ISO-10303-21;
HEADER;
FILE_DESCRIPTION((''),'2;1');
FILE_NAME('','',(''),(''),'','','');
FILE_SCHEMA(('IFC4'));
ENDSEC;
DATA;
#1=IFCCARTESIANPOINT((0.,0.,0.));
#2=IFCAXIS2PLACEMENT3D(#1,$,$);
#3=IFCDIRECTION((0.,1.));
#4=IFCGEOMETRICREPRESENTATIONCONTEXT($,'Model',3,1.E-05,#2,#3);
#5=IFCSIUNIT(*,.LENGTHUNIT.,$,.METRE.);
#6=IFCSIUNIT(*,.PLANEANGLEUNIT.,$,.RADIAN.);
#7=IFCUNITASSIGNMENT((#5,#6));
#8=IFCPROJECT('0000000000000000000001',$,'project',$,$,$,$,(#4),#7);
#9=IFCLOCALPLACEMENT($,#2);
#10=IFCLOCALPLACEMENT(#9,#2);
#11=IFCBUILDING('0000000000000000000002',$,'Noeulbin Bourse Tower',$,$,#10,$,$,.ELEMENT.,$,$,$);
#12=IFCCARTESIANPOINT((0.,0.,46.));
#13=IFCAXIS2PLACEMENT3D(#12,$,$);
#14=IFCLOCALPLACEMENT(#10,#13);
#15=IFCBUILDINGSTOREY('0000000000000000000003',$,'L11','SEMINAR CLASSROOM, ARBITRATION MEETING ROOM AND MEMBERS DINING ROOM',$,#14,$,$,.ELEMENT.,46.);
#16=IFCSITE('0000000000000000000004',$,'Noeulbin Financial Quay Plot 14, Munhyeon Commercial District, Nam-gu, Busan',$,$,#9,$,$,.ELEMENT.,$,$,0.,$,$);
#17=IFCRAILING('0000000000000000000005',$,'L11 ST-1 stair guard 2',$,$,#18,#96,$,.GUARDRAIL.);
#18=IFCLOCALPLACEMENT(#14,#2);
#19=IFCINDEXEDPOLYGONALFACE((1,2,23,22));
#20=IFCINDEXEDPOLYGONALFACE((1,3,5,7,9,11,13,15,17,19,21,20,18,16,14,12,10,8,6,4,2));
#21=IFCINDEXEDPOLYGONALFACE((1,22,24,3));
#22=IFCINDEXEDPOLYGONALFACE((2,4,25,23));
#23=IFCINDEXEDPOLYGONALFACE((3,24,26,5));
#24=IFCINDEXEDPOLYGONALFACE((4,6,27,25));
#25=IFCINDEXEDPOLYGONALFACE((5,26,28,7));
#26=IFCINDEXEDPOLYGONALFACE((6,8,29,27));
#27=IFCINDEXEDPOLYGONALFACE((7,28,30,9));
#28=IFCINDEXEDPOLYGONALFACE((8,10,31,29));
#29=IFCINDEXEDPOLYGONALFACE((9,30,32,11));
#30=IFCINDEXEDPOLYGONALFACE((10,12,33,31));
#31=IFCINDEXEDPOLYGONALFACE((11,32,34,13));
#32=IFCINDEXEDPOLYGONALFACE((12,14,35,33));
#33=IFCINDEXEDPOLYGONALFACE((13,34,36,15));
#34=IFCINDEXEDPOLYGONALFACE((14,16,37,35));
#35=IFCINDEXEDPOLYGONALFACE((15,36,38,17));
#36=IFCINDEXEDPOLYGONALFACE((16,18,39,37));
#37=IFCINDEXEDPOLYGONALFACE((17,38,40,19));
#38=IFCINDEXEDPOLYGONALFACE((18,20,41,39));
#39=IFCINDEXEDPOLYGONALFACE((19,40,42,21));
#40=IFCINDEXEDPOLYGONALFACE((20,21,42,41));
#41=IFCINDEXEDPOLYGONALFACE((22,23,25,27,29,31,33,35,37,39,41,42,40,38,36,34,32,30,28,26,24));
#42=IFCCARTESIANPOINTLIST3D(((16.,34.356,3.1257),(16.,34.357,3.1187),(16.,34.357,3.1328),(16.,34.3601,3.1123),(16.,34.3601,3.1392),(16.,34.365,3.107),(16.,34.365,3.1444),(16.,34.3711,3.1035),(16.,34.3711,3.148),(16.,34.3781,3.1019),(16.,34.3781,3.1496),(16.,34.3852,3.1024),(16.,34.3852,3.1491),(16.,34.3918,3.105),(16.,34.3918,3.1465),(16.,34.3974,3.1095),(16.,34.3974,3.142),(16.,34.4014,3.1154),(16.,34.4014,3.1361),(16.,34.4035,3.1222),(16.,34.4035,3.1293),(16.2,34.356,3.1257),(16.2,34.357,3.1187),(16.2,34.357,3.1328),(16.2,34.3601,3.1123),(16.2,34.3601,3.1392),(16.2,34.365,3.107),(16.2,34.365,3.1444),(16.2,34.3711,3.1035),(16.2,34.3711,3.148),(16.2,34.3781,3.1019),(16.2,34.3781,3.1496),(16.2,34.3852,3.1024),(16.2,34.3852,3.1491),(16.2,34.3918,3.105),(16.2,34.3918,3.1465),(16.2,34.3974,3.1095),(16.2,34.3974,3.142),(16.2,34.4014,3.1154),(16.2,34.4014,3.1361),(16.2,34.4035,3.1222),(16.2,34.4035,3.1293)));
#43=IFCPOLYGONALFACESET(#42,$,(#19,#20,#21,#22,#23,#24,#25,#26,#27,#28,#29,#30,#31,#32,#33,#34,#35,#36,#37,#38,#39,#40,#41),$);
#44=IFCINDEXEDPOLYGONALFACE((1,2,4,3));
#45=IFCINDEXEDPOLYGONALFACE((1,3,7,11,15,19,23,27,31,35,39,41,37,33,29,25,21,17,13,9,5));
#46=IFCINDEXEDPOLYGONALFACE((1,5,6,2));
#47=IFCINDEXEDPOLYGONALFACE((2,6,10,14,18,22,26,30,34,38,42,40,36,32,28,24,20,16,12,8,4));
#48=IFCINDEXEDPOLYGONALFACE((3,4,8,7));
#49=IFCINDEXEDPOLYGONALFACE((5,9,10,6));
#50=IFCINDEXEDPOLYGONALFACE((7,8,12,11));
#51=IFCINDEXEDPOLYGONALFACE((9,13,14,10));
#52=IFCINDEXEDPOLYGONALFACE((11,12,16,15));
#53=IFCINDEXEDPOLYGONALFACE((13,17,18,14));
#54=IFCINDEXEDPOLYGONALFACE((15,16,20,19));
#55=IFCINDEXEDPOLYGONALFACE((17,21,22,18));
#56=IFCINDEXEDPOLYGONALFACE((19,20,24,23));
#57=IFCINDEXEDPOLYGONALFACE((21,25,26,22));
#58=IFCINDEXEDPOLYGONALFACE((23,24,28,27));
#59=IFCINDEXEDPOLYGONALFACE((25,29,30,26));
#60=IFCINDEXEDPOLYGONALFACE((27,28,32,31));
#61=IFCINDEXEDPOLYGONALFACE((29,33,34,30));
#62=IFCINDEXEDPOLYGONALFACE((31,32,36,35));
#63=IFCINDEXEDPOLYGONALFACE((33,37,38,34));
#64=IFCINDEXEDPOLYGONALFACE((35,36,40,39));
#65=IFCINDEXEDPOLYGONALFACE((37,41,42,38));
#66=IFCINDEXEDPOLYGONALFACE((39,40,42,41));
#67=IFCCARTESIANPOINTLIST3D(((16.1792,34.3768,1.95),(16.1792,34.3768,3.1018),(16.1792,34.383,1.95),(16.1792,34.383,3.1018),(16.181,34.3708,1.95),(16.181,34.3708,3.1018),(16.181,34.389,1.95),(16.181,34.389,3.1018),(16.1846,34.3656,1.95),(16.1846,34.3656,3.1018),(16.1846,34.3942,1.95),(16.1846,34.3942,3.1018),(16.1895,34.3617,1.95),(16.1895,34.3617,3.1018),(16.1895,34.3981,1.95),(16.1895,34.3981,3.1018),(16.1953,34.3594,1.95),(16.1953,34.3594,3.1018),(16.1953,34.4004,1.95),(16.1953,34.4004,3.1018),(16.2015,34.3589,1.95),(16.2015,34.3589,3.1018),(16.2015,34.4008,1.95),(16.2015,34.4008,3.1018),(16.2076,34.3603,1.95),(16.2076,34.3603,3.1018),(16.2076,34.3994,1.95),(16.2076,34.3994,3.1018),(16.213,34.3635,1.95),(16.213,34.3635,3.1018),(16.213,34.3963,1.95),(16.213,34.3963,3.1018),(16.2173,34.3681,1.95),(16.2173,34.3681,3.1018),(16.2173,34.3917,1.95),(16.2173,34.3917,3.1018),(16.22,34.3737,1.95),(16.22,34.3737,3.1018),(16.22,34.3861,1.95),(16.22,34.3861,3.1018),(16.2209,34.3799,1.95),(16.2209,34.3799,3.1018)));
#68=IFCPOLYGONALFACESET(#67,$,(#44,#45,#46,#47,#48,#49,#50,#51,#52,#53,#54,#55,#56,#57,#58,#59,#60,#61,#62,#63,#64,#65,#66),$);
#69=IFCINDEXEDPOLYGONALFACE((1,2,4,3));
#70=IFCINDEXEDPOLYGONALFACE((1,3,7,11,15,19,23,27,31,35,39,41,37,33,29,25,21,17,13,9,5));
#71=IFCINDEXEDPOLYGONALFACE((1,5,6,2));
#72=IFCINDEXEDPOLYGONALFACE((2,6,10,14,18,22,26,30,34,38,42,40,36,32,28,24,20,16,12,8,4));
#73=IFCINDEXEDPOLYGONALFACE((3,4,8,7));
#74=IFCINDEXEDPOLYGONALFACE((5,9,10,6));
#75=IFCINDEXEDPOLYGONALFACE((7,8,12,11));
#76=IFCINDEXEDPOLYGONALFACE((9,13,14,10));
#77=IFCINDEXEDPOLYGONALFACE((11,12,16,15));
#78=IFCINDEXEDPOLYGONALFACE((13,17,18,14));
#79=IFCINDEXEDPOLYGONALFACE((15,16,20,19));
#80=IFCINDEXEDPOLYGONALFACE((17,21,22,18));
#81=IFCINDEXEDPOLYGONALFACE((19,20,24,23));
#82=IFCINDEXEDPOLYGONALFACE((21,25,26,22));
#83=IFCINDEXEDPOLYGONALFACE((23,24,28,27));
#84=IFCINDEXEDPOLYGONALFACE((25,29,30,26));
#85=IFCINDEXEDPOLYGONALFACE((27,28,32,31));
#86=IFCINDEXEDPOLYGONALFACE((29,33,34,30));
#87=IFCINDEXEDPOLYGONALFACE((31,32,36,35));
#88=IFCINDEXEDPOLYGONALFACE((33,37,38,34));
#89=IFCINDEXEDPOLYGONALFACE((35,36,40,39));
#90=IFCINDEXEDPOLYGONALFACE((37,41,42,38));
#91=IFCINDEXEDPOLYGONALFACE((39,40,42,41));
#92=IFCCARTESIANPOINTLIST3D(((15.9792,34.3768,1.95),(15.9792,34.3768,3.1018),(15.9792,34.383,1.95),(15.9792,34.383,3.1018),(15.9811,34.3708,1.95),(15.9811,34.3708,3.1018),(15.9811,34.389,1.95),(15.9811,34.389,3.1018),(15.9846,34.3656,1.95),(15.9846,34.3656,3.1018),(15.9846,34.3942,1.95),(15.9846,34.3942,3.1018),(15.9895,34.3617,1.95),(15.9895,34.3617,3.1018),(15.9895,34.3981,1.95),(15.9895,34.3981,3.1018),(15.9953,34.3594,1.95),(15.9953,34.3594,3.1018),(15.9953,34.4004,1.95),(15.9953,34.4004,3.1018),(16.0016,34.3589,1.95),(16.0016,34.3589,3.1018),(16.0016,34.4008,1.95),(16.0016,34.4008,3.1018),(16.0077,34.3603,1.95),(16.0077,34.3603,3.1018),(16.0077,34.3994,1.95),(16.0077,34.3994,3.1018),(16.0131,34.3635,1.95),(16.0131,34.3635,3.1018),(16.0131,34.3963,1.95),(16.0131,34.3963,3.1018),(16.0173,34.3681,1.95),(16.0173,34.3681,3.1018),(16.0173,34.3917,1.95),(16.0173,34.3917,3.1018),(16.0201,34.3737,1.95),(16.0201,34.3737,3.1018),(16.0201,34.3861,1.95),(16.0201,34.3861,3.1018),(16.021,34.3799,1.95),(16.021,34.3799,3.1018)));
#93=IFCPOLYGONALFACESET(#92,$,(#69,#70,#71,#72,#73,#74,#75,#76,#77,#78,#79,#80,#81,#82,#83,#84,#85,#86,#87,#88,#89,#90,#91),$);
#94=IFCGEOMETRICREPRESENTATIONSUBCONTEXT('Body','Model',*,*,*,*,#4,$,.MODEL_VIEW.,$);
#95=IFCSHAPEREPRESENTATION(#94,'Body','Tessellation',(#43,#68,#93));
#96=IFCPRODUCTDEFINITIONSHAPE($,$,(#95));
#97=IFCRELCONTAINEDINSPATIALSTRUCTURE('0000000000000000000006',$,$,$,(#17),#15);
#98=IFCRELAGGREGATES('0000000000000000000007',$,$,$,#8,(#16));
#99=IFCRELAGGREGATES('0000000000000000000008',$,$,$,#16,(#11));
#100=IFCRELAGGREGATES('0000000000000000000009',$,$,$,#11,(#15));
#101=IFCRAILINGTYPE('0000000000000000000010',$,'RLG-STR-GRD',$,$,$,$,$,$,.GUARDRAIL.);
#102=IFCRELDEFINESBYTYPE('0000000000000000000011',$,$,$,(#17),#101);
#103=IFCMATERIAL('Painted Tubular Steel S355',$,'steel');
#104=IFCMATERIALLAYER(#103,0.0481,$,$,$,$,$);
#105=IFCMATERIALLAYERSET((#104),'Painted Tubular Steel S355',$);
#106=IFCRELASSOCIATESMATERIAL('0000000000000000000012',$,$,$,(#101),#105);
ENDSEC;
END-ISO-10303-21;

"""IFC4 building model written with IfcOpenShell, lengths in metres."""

from ifc_helpers import new_model, si_unit, direction, frame, origin, origin_2d, place, context, subcontext, project, spatial, circle, extrude, material, layer, layer_set, type_object, element, save


model = new_model("IFC4")

# Units and contexts
model_context = context("Model", 3, precision=1e-05, world=origin(), true_north=direction((0.0, 1.0)))
body_context = subcontext(model_context, "Body", "Model", "MODEL_VIEW")
ifc_project = project(units=[si_unit("LENGTHUNIT", "METRE"), si_unit("PLANEANGLEUNIT", "RADIAN")], contexts=[model_context])

# Site, building, storey
site_placement = place(None, origin())
site = spatial("IfcSite", under=ifc_project, at=site_placement, Name="Noeulbin Financial Quay Plot 14, Munhyeon Commercial District, Nam-gu, Busan", CompositionType="ELEMENT", RefElevation=0.0)
building_placement = place(site_placement, origin())
building = spatial("IfcBuilding", under=site, at=building_placement, Name="Noeulbin Bourse Tower", CompositionType="ELEMENT")
storey_placement = place(building_placement, frame((0.0, 0.0, 46.0)))
storey = spatial("IfcBuildingStorey", under=building, at=storey_placement, Name="L11", Description="SEMINAR CLASSROOM, ARBITRATION MEETING ROOM AND MEMBERS DINING ROOM", CompositionType="ELEMENT", Elevation=46.0)

# Railing
ifc_material_1 = material(Name="Painted Tubular Steel S355", Category="steel")
ifc_layer_1 = layer(ifc_material_1, 0.0481)
ifc_layer_set_1 = layer_set([ifc_layer_1], Name="Painted Tubular Steel S355")
railing_type_1 = type_object("IfcRailingType", Name="RLG-STR-GRD", PredefinedType="GUARDRAIL", material=ifc_layer_set_1)
railing_1_placement = place(storey_placement, frame((16.2, 34.3799, 1.95)))
element("IfcRailing", 1, at=railing_1_placement, inside=storey, type_object=railing_type_1, Name="L11 ST-1 stair guard 2", PredefinedType="GUARDRAIL", context=body_context, shape_type="SweptSolid", body=[
    extrude(circle(Radius=0.0239, at=origin_2d()), frame((0.0, 0.0, 1.1758), z_axis=(-1.0, 0.0, 0.0), x_axis=(0.0, -1.0, 0.0)), (0.0, 0.0, 1.0), 0.2),
    extrude(circle(Radius=0.021, at=origin_2d()), origin(), (0.0, 0.0, 1.0), 1.1519),
    extrude(circle(Radius=0.021, at=origin_2d()), frame((-0.2, 0.0, 0.0)), (0.0, 0.0, 1.0), 1.1519),
])

save(model, "model.ifc")
